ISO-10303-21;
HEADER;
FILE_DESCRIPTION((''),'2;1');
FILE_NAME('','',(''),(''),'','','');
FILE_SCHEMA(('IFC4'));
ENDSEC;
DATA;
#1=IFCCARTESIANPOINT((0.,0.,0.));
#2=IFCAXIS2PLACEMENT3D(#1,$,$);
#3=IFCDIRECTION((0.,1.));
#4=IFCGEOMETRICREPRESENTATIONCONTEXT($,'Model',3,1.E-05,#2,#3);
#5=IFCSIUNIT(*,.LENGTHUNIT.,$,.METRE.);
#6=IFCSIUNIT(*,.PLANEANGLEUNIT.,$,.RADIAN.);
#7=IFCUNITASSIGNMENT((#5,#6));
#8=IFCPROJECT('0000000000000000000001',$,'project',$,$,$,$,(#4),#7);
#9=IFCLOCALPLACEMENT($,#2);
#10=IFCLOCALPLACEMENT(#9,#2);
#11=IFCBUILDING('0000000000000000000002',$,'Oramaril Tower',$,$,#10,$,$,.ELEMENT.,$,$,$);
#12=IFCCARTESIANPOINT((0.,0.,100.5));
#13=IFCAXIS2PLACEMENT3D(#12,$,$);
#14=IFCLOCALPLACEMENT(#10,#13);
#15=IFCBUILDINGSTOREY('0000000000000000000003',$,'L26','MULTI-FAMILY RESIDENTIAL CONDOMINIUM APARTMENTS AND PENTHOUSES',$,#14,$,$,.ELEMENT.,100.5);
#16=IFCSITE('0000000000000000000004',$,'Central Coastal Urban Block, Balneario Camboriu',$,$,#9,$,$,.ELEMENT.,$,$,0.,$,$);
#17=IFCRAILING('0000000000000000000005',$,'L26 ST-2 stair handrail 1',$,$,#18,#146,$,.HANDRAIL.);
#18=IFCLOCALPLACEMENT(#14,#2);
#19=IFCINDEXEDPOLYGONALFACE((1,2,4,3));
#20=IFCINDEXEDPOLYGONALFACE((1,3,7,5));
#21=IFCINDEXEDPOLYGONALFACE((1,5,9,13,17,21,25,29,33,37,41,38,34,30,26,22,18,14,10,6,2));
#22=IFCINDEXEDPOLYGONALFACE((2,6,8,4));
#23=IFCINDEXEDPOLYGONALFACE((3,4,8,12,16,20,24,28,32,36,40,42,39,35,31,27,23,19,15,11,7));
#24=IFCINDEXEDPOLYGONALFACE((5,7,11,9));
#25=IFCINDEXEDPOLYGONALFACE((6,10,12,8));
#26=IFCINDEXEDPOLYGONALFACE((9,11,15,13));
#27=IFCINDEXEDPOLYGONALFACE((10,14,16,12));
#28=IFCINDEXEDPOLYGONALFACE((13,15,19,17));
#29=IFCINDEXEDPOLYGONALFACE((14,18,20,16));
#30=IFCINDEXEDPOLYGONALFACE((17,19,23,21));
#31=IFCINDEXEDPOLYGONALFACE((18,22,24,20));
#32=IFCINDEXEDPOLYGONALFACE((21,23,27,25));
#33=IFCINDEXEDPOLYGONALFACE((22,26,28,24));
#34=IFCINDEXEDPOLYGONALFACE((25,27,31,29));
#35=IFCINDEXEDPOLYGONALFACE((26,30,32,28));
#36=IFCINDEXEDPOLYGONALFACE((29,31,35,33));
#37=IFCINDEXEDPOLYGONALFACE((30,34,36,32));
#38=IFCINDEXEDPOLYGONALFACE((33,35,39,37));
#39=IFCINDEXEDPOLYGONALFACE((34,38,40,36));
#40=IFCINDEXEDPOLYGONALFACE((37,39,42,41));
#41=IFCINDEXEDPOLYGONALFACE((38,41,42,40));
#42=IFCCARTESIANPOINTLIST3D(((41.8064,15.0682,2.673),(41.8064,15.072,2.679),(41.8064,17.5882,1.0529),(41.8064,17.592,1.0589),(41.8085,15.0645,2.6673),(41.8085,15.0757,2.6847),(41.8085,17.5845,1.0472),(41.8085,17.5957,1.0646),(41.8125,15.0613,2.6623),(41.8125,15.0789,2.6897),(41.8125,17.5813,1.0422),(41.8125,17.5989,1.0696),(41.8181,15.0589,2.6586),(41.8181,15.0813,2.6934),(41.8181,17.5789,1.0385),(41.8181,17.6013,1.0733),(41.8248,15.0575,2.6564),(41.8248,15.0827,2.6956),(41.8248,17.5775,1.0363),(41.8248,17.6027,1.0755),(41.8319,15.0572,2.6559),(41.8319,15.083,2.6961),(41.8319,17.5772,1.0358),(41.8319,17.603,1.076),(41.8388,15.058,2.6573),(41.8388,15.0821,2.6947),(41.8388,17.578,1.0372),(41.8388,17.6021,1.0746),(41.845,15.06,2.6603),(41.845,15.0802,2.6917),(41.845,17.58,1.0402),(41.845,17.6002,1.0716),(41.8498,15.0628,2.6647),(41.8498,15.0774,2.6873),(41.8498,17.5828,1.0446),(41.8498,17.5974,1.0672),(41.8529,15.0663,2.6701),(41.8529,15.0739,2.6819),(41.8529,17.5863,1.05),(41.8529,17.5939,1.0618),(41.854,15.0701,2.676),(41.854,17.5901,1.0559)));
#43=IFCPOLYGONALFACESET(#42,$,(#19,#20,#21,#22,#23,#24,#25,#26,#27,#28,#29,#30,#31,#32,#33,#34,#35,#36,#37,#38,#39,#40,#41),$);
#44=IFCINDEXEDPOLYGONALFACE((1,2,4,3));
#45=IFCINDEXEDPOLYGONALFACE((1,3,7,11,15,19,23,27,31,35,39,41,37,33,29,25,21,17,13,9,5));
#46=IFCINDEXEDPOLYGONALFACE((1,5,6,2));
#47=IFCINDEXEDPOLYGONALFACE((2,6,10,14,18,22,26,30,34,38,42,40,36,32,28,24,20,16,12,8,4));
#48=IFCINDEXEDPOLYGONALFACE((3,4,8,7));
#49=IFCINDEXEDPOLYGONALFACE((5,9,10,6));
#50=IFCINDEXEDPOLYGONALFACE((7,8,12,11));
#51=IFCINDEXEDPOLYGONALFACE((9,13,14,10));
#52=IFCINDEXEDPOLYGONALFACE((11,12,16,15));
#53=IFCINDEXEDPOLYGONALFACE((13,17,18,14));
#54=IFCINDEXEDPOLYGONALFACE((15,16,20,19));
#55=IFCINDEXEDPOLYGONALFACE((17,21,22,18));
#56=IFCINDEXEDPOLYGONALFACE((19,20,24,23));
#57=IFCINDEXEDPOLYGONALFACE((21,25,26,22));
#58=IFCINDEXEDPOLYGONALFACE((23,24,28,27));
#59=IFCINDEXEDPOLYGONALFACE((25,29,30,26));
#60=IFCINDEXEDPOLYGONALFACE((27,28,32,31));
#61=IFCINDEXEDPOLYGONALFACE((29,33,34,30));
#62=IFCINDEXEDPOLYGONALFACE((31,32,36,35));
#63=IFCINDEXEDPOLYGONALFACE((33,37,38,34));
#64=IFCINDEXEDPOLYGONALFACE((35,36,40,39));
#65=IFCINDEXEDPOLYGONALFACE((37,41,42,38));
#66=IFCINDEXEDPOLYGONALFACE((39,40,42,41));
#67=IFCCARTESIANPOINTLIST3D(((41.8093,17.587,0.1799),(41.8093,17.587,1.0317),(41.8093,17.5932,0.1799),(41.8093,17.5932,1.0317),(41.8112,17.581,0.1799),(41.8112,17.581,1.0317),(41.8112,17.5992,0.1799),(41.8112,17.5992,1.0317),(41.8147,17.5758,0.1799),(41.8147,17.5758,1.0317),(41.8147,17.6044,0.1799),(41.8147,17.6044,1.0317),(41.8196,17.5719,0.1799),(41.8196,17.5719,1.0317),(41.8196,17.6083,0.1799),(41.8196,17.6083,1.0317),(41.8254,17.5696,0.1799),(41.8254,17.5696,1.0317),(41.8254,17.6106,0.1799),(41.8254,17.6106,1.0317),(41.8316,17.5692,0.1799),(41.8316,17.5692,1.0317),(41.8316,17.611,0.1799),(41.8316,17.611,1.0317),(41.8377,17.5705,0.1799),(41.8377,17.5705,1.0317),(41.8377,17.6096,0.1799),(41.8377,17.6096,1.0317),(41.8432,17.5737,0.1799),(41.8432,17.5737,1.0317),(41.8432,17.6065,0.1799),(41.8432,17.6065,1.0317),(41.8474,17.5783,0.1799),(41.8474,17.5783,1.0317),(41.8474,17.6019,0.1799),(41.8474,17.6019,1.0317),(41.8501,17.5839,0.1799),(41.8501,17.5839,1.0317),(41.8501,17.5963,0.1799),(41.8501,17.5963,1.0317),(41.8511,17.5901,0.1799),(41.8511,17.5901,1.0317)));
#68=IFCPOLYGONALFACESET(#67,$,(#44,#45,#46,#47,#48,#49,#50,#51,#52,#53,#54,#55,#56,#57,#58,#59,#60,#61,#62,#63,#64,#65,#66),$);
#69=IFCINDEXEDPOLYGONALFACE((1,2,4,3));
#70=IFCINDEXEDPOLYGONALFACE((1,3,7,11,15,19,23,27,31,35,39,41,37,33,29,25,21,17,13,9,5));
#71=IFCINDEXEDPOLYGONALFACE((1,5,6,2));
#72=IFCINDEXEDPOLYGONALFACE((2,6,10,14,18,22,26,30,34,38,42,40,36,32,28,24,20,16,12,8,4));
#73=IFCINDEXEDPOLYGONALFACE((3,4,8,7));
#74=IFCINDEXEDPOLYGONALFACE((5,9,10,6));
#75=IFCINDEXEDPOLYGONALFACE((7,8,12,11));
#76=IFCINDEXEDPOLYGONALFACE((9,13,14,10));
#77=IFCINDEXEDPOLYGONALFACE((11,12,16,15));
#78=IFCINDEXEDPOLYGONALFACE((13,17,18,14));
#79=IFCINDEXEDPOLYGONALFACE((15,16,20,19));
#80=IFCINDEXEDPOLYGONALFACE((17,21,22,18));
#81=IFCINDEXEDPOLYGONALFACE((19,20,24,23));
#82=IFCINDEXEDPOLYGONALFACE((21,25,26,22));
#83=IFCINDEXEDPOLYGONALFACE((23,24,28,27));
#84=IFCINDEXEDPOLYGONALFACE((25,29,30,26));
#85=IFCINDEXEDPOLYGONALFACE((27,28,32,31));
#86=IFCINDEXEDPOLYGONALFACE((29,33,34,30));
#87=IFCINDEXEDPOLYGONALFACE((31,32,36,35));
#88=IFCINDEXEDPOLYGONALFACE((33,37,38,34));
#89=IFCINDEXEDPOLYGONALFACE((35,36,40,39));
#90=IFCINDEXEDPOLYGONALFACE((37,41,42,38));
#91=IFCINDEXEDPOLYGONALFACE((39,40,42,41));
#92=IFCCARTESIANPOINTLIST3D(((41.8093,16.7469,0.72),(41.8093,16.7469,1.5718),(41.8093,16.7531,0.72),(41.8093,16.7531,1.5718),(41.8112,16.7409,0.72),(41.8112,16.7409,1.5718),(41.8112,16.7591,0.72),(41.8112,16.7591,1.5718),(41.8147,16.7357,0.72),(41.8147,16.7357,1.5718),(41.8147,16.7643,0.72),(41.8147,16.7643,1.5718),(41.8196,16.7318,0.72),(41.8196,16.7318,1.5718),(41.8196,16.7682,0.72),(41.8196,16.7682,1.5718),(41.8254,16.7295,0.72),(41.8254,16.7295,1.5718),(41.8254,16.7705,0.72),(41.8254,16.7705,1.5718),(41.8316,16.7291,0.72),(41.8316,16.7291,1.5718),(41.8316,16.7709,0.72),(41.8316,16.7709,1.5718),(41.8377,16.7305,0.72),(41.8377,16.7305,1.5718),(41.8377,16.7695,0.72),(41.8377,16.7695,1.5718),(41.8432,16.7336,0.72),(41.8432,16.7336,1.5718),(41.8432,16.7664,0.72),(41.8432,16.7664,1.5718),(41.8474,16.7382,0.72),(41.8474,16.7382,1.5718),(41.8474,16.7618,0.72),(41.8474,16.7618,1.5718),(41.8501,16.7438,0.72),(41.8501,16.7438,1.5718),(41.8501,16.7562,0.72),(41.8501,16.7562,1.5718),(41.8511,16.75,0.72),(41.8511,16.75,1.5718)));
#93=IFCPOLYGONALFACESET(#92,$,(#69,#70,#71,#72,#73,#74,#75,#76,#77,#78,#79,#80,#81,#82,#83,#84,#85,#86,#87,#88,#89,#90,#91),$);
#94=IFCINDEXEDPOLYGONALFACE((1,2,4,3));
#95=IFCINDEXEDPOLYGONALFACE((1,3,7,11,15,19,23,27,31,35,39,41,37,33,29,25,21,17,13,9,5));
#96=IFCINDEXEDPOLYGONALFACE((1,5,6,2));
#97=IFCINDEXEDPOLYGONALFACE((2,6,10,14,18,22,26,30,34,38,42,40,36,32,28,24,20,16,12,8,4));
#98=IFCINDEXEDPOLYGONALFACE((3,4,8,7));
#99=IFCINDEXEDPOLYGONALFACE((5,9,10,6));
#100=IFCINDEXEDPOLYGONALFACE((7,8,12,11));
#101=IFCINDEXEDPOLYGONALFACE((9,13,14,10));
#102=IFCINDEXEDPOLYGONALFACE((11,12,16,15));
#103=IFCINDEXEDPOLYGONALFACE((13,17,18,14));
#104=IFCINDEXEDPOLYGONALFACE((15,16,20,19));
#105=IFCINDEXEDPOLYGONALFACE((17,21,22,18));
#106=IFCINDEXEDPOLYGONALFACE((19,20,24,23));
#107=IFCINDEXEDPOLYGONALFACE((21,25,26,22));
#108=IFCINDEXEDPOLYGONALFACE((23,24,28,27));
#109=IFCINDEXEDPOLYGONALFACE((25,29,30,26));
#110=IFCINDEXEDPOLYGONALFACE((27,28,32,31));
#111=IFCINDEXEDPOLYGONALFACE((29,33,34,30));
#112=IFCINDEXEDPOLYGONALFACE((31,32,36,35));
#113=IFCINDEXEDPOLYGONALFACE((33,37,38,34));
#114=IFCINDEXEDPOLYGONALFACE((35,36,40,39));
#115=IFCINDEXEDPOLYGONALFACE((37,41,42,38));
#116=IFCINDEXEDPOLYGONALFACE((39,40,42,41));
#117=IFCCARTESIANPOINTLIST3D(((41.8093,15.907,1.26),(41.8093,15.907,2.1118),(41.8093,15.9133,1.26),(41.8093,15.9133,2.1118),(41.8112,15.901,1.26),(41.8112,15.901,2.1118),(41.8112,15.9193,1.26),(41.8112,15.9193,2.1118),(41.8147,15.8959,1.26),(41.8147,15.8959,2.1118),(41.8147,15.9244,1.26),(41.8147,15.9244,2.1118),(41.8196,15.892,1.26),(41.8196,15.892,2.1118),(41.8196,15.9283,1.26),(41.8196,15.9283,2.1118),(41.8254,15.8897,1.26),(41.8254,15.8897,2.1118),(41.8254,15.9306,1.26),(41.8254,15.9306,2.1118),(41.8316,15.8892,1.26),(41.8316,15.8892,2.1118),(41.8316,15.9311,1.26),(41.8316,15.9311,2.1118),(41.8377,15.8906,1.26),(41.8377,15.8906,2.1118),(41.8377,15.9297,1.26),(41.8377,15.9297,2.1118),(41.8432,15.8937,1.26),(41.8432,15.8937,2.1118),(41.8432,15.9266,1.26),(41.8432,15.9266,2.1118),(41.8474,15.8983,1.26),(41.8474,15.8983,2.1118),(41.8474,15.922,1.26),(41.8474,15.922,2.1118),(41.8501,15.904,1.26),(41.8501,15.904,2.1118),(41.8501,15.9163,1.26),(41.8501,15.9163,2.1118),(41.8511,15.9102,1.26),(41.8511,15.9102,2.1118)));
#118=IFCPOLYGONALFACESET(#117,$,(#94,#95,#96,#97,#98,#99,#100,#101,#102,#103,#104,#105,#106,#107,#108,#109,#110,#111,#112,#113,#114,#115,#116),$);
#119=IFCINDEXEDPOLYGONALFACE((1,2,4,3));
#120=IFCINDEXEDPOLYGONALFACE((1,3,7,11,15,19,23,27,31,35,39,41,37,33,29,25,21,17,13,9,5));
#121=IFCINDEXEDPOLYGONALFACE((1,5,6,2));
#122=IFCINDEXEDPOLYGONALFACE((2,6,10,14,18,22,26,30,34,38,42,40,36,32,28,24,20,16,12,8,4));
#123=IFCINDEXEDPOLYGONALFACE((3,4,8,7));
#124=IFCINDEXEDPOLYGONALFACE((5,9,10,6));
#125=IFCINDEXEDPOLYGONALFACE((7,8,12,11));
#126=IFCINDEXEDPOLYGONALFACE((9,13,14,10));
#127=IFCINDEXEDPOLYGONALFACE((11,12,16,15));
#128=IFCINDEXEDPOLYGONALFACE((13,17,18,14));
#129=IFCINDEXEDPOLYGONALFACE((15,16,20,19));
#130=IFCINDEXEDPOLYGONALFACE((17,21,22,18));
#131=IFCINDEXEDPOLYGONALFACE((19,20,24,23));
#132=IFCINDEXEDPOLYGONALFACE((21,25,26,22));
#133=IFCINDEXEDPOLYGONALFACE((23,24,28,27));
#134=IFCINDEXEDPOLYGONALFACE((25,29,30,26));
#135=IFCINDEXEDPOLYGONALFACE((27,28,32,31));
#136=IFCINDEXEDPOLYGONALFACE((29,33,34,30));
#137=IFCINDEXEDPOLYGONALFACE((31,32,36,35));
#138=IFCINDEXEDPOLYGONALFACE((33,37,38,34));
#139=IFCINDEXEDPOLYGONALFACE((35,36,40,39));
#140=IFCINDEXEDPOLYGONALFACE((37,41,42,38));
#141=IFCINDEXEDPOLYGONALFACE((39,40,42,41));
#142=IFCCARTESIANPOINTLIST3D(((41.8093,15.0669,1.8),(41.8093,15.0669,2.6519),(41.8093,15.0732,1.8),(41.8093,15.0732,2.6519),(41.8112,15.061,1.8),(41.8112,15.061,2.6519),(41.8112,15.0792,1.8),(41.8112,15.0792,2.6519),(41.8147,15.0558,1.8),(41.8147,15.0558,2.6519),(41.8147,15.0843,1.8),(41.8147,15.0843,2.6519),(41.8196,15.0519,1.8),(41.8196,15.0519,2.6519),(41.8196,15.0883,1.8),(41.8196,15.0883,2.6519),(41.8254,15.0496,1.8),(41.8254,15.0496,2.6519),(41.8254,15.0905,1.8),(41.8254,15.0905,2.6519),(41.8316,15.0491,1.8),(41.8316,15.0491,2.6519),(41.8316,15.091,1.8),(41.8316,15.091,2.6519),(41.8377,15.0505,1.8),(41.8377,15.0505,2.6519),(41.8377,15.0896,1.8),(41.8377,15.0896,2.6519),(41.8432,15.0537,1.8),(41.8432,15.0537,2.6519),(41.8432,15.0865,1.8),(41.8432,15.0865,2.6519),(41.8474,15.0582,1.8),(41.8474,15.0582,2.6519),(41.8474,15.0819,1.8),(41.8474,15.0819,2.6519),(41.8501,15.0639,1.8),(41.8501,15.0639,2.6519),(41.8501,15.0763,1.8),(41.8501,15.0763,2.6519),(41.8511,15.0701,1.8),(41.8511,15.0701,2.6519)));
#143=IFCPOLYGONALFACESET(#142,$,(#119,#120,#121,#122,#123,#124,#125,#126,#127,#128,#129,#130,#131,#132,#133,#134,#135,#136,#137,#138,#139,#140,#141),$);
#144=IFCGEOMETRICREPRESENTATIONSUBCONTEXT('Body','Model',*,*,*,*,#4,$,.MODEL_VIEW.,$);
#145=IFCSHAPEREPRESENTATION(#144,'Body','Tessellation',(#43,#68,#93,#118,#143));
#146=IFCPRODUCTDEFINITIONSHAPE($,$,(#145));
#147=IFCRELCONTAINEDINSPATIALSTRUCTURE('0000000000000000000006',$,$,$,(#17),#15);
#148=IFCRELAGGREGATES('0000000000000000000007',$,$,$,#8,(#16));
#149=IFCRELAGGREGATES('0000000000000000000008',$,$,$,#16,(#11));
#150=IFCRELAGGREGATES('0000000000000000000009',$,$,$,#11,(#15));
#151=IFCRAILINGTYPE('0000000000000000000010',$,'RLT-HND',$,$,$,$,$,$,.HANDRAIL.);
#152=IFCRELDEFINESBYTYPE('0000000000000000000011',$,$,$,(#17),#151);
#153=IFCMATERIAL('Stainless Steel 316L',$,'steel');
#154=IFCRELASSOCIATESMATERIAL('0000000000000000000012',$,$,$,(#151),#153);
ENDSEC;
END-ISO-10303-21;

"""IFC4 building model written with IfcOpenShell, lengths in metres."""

from ifc_helpers import new_model, si_unit, direction, frame, origin, origin_2d, place, context, subcontext, project, spatial, circle, extrude, material, type_object, element, save


model = new_model("IFC4")

# Units and contexts
model_context = context("Model", 3, precision=1e-05, world=origin(), true_north=direction((0.0, 1.0)))
body_context = subcontext(model_context, "Body", "Model", "MODEL_VIEW")
ifc_project = project(units=[si_unit("LENGTHUNIT", "METRE"), si_unit("PLANEANGLEUNIT", "RADIAN")], contexts=[model_context])

# Site, building, storey
site_placement = place(None, origin())
site = spatial("IfcSite", under=ifc_project, at=site_placement, Name="Central Coastal Urban Block, Balneario Camboriu", CompositionType="ELEMENT", RefElevation=0.0)
building_placement = place(site_placement, origin())
building = spatial("IfcBuilding", under=site, at=building_placement, Name="Oramaril Tower", CompositionType="ELEMENT")
storey_placement = place(building_placement, frame((0.0, 0.0, 100.5)))
storey = spatial("IfcBuildingStorey", under=building, at=storey_placement, Name="L26", Description="MULTI-FAMILY RESIDENTIAL CONDOMINIUM APARTMENTS AND PENTHOUSES", CompositionType="ELEMENT", Elevation=100.5)

# Railing
ifc_material_1 = material(Name="Stainless Steel 316L", Category="steel")
railing_type_1 = type_object("IfcRailingType", Name="RLT-HND", PredefinedType="HANDRAIL", material=ifc_material_1)
railing_1_placement = place(storey_placement, frame((41.8301, 17.5901, 0.1799)))
element("IfcRailing", 1, at=railing_1_placement, inside=storey, type_object=railing_type_1, Name="L26 ST-2 stair handrail 1", PredefinedType="HANDRAIL", context=body_context, shape_type="SweptSolid", body=[
    extrude(circle(Radius=0.0239, at=origin_2d()), frame((0.0, 0.0, 0.876), z_axis=(0.0, -0.841163, 0.540782), x_axis=(1.0, 0.0, 0.0)), (0.0, 0.0, 1.0), 2.9958),
    extrude(circle(Radius=0.021, at=origin_2d()), origin(), (0.0, 0.0, 1.0), 0.8518),
    extrude(circle(Radius=0.021, at=origin_2d()), frame((0.0, -0.8401, 0.54)), (0.0, 0.0, 1.0), 0.8518),
    extrude(circle(Radius=0.021, at=origin_2d()), frame((0.0, -1.6799, 1.0801)), (0.0, 0.0, 1.0), 0.8518),
    extrude(circle(Radius=0.021, at=origin_2d()), frame((0.0, -2.52, 1.6201)), (0.0, 0.0, 1.0), 0.8518),
])

save(model, "model.ifc")
